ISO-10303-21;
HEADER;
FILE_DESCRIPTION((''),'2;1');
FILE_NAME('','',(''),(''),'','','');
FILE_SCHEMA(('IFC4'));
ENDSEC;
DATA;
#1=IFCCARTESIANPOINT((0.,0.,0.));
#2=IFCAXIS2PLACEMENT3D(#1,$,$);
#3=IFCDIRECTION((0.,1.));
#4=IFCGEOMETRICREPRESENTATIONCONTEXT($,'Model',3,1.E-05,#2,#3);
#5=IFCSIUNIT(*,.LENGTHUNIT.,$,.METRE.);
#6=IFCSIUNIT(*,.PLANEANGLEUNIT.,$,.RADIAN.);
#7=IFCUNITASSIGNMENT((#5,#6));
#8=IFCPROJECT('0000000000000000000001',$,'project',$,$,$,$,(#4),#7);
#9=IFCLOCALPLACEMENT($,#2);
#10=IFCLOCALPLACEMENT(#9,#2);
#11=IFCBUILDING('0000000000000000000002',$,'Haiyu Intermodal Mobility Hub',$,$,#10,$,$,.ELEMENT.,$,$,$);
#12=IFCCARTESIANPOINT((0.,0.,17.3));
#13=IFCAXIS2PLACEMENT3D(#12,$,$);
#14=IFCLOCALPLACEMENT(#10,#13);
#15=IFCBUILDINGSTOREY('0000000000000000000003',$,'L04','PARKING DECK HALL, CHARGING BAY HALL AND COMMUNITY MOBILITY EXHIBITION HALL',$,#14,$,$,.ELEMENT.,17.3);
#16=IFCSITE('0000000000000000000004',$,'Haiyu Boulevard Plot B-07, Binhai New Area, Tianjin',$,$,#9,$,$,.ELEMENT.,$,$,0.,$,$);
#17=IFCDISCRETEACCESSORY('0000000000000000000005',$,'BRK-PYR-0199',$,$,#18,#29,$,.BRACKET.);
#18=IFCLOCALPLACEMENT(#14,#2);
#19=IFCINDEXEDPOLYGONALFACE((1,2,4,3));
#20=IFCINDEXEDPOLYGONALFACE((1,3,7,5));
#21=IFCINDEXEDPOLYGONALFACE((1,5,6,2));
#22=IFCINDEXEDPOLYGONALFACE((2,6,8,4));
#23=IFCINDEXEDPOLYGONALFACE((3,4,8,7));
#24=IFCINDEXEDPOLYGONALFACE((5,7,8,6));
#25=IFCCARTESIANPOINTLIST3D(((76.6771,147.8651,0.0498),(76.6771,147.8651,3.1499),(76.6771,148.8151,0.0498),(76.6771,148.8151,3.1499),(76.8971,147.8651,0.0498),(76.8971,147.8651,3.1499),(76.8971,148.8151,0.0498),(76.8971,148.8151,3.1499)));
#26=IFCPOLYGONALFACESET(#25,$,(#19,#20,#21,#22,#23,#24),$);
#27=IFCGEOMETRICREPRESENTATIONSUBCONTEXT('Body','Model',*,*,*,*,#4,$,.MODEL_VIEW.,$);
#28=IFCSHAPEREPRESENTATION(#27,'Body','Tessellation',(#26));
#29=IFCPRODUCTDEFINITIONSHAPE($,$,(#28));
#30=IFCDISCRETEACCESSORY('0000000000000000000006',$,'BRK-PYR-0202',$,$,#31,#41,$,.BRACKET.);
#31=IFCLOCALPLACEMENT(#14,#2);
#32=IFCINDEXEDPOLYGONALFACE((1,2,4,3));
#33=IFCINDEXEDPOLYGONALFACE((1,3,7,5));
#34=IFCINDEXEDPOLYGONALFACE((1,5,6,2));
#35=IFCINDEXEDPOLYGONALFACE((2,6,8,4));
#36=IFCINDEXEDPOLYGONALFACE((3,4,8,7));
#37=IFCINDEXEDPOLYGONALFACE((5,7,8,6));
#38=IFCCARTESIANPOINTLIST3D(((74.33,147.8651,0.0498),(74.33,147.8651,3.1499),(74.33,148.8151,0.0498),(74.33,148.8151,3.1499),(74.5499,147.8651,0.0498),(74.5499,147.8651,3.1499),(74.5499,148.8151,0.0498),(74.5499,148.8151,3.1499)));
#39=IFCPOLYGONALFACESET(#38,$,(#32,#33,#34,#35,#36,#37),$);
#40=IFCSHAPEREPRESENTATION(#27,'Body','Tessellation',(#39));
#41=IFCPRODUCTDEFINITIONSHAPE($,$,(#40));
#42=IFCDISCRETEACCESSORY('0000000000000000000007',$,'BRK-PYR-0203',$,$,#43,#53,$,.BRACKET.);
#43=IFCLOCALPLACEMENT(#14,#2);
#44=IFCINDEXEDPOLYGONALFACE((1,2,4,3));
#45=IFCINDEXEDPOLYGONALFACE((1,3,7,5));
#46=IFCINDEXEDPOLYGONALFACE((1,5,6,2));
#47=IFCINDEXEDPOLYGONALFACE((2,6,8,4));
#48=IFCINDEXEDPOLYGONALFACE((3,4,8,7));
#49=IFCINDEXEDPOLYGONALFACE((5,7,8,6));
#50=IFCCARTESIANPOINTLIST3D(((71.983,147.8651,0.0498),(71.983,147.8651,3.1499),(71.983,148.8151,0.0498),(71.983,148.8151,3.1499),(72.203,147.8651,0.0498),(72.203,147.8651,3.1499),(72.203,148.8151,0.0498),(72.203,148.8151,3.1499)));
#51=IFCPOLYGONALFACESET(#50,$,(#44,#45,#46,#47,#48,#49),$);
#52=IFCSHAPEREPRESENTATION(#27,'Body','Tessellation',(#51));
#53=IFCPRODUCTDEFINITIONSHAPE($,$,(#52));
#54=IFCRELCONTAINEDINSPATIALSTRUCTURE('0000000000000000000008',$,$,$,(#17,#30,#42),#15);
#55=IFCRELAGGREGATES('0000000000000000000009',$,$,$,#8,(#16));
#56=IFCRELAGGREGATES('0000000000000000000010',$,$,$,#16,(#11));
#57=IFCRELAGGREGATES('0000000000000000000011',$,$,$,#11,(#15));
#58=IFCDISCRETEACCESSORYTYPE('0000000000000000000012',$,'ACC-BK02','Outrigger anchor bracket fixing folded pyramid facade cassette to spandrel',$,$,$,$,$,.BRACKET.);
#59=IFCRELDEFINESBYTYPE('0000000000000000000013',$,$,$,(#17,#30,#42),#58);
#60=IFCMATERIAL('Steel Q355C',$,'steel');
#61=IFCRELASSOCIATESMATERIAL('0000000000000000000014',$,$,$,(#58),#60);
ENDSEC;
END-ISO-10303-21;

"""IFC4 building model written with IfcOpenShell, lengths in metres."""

from ifc_helpers import new_model, si_unit, direction, frame, origin, origin_2d, place, context, subcontext, project, spatial, rectangle, extrude, material, type_object, element, save


model = new_model("IFC4")

# Units and contexts
model_context = context("Model", 3, precision=1e-05, world=origin(), true_north=direction((0.0, 1.0)))
body_context = subcontext(model_context, "Body", "Model", "MODEL_VIEW")
ifc_project = project(units=[si_unit("LENGTHUNIT", "METRE"), si_unit("PLANEANGLEUNIT", "RADIAN")], contexts=[model_context])

# Site, building, storey
site_placement = place(None, origin())
site = spatial("IfcSite", under=ifc_project, at=site_placement, Name="Haiyu Boulevard Plot B-07, Binhai New Area, Tianjin", CompositionType="ELEMENT", RefElevation=0.0)
building_placement = place(site_placement, origin())
building = spatial("IfcBuilding", under=site, at=building_placement, Name="Haiyu Intermodal Mobility Hub", CompositionType="ELEMENT")
storey_placement = place(building_placement, frame((0.0, 0.0, 17.3)))
storey = spatial("IfcBuildingStorey", under=building, at=storey_placement, Name="L04", Description="PARKING DECK HALL, CHARGING BAY HALL AND COMMUNITY MOBILITY EXHIBITION HALL", CompositionType="ELEMENT", Elevation=17.3)

# Shared definitions
ifc_material_1 = material(Name="Steel Q355C", Category="steel")

# Discrete accessories
discrete_accessory_type_1 = type_object("IfcDiscreteAccessoryType", Name="ACC-BK02", Description="Outrigger anchor bracket fixing folded pyramid facade cassette to spandrel", PredefinedType="BRACKET", material=ifc_material_1)
for number, where, z_axis, x_axis, name in (
    (1, (76.7871, 148.3401, 0.0498), (0.0, 0.0, 1.0), (1.0, 0.0, 0.0), "BRK-PYR-0199"),
    (2, (74.4399, 148.3401, 0.0498), (0.0, 0.0, 1.0), (1.0, 0.0, 0.0), "BRK-PYR-0202"),
    (3, (72.093, 148.3401, 0.0498), (0.0, 0.0, 1.0), (1.0, 0.0, 0.0), "BRK-PYR-0203"),
):
    element("IfcDiscreteAccessory", number, at=place(storey_placement, frame(where, z_axis=z_axis, x_axis=x_axis)), inside=storey, type_object=discrete_accessory_type_1, Name=name, PredefinedType="BRACKET", context=body_context, shape_type="SweptSolid", body=[
        extrude(rectangle(XDim=0.22, YDim=0.95, at=origin_2d()), origin(), (0.0, 0.0, 1.0), 3.1001),
    ])

save(model, "model.ifc")
